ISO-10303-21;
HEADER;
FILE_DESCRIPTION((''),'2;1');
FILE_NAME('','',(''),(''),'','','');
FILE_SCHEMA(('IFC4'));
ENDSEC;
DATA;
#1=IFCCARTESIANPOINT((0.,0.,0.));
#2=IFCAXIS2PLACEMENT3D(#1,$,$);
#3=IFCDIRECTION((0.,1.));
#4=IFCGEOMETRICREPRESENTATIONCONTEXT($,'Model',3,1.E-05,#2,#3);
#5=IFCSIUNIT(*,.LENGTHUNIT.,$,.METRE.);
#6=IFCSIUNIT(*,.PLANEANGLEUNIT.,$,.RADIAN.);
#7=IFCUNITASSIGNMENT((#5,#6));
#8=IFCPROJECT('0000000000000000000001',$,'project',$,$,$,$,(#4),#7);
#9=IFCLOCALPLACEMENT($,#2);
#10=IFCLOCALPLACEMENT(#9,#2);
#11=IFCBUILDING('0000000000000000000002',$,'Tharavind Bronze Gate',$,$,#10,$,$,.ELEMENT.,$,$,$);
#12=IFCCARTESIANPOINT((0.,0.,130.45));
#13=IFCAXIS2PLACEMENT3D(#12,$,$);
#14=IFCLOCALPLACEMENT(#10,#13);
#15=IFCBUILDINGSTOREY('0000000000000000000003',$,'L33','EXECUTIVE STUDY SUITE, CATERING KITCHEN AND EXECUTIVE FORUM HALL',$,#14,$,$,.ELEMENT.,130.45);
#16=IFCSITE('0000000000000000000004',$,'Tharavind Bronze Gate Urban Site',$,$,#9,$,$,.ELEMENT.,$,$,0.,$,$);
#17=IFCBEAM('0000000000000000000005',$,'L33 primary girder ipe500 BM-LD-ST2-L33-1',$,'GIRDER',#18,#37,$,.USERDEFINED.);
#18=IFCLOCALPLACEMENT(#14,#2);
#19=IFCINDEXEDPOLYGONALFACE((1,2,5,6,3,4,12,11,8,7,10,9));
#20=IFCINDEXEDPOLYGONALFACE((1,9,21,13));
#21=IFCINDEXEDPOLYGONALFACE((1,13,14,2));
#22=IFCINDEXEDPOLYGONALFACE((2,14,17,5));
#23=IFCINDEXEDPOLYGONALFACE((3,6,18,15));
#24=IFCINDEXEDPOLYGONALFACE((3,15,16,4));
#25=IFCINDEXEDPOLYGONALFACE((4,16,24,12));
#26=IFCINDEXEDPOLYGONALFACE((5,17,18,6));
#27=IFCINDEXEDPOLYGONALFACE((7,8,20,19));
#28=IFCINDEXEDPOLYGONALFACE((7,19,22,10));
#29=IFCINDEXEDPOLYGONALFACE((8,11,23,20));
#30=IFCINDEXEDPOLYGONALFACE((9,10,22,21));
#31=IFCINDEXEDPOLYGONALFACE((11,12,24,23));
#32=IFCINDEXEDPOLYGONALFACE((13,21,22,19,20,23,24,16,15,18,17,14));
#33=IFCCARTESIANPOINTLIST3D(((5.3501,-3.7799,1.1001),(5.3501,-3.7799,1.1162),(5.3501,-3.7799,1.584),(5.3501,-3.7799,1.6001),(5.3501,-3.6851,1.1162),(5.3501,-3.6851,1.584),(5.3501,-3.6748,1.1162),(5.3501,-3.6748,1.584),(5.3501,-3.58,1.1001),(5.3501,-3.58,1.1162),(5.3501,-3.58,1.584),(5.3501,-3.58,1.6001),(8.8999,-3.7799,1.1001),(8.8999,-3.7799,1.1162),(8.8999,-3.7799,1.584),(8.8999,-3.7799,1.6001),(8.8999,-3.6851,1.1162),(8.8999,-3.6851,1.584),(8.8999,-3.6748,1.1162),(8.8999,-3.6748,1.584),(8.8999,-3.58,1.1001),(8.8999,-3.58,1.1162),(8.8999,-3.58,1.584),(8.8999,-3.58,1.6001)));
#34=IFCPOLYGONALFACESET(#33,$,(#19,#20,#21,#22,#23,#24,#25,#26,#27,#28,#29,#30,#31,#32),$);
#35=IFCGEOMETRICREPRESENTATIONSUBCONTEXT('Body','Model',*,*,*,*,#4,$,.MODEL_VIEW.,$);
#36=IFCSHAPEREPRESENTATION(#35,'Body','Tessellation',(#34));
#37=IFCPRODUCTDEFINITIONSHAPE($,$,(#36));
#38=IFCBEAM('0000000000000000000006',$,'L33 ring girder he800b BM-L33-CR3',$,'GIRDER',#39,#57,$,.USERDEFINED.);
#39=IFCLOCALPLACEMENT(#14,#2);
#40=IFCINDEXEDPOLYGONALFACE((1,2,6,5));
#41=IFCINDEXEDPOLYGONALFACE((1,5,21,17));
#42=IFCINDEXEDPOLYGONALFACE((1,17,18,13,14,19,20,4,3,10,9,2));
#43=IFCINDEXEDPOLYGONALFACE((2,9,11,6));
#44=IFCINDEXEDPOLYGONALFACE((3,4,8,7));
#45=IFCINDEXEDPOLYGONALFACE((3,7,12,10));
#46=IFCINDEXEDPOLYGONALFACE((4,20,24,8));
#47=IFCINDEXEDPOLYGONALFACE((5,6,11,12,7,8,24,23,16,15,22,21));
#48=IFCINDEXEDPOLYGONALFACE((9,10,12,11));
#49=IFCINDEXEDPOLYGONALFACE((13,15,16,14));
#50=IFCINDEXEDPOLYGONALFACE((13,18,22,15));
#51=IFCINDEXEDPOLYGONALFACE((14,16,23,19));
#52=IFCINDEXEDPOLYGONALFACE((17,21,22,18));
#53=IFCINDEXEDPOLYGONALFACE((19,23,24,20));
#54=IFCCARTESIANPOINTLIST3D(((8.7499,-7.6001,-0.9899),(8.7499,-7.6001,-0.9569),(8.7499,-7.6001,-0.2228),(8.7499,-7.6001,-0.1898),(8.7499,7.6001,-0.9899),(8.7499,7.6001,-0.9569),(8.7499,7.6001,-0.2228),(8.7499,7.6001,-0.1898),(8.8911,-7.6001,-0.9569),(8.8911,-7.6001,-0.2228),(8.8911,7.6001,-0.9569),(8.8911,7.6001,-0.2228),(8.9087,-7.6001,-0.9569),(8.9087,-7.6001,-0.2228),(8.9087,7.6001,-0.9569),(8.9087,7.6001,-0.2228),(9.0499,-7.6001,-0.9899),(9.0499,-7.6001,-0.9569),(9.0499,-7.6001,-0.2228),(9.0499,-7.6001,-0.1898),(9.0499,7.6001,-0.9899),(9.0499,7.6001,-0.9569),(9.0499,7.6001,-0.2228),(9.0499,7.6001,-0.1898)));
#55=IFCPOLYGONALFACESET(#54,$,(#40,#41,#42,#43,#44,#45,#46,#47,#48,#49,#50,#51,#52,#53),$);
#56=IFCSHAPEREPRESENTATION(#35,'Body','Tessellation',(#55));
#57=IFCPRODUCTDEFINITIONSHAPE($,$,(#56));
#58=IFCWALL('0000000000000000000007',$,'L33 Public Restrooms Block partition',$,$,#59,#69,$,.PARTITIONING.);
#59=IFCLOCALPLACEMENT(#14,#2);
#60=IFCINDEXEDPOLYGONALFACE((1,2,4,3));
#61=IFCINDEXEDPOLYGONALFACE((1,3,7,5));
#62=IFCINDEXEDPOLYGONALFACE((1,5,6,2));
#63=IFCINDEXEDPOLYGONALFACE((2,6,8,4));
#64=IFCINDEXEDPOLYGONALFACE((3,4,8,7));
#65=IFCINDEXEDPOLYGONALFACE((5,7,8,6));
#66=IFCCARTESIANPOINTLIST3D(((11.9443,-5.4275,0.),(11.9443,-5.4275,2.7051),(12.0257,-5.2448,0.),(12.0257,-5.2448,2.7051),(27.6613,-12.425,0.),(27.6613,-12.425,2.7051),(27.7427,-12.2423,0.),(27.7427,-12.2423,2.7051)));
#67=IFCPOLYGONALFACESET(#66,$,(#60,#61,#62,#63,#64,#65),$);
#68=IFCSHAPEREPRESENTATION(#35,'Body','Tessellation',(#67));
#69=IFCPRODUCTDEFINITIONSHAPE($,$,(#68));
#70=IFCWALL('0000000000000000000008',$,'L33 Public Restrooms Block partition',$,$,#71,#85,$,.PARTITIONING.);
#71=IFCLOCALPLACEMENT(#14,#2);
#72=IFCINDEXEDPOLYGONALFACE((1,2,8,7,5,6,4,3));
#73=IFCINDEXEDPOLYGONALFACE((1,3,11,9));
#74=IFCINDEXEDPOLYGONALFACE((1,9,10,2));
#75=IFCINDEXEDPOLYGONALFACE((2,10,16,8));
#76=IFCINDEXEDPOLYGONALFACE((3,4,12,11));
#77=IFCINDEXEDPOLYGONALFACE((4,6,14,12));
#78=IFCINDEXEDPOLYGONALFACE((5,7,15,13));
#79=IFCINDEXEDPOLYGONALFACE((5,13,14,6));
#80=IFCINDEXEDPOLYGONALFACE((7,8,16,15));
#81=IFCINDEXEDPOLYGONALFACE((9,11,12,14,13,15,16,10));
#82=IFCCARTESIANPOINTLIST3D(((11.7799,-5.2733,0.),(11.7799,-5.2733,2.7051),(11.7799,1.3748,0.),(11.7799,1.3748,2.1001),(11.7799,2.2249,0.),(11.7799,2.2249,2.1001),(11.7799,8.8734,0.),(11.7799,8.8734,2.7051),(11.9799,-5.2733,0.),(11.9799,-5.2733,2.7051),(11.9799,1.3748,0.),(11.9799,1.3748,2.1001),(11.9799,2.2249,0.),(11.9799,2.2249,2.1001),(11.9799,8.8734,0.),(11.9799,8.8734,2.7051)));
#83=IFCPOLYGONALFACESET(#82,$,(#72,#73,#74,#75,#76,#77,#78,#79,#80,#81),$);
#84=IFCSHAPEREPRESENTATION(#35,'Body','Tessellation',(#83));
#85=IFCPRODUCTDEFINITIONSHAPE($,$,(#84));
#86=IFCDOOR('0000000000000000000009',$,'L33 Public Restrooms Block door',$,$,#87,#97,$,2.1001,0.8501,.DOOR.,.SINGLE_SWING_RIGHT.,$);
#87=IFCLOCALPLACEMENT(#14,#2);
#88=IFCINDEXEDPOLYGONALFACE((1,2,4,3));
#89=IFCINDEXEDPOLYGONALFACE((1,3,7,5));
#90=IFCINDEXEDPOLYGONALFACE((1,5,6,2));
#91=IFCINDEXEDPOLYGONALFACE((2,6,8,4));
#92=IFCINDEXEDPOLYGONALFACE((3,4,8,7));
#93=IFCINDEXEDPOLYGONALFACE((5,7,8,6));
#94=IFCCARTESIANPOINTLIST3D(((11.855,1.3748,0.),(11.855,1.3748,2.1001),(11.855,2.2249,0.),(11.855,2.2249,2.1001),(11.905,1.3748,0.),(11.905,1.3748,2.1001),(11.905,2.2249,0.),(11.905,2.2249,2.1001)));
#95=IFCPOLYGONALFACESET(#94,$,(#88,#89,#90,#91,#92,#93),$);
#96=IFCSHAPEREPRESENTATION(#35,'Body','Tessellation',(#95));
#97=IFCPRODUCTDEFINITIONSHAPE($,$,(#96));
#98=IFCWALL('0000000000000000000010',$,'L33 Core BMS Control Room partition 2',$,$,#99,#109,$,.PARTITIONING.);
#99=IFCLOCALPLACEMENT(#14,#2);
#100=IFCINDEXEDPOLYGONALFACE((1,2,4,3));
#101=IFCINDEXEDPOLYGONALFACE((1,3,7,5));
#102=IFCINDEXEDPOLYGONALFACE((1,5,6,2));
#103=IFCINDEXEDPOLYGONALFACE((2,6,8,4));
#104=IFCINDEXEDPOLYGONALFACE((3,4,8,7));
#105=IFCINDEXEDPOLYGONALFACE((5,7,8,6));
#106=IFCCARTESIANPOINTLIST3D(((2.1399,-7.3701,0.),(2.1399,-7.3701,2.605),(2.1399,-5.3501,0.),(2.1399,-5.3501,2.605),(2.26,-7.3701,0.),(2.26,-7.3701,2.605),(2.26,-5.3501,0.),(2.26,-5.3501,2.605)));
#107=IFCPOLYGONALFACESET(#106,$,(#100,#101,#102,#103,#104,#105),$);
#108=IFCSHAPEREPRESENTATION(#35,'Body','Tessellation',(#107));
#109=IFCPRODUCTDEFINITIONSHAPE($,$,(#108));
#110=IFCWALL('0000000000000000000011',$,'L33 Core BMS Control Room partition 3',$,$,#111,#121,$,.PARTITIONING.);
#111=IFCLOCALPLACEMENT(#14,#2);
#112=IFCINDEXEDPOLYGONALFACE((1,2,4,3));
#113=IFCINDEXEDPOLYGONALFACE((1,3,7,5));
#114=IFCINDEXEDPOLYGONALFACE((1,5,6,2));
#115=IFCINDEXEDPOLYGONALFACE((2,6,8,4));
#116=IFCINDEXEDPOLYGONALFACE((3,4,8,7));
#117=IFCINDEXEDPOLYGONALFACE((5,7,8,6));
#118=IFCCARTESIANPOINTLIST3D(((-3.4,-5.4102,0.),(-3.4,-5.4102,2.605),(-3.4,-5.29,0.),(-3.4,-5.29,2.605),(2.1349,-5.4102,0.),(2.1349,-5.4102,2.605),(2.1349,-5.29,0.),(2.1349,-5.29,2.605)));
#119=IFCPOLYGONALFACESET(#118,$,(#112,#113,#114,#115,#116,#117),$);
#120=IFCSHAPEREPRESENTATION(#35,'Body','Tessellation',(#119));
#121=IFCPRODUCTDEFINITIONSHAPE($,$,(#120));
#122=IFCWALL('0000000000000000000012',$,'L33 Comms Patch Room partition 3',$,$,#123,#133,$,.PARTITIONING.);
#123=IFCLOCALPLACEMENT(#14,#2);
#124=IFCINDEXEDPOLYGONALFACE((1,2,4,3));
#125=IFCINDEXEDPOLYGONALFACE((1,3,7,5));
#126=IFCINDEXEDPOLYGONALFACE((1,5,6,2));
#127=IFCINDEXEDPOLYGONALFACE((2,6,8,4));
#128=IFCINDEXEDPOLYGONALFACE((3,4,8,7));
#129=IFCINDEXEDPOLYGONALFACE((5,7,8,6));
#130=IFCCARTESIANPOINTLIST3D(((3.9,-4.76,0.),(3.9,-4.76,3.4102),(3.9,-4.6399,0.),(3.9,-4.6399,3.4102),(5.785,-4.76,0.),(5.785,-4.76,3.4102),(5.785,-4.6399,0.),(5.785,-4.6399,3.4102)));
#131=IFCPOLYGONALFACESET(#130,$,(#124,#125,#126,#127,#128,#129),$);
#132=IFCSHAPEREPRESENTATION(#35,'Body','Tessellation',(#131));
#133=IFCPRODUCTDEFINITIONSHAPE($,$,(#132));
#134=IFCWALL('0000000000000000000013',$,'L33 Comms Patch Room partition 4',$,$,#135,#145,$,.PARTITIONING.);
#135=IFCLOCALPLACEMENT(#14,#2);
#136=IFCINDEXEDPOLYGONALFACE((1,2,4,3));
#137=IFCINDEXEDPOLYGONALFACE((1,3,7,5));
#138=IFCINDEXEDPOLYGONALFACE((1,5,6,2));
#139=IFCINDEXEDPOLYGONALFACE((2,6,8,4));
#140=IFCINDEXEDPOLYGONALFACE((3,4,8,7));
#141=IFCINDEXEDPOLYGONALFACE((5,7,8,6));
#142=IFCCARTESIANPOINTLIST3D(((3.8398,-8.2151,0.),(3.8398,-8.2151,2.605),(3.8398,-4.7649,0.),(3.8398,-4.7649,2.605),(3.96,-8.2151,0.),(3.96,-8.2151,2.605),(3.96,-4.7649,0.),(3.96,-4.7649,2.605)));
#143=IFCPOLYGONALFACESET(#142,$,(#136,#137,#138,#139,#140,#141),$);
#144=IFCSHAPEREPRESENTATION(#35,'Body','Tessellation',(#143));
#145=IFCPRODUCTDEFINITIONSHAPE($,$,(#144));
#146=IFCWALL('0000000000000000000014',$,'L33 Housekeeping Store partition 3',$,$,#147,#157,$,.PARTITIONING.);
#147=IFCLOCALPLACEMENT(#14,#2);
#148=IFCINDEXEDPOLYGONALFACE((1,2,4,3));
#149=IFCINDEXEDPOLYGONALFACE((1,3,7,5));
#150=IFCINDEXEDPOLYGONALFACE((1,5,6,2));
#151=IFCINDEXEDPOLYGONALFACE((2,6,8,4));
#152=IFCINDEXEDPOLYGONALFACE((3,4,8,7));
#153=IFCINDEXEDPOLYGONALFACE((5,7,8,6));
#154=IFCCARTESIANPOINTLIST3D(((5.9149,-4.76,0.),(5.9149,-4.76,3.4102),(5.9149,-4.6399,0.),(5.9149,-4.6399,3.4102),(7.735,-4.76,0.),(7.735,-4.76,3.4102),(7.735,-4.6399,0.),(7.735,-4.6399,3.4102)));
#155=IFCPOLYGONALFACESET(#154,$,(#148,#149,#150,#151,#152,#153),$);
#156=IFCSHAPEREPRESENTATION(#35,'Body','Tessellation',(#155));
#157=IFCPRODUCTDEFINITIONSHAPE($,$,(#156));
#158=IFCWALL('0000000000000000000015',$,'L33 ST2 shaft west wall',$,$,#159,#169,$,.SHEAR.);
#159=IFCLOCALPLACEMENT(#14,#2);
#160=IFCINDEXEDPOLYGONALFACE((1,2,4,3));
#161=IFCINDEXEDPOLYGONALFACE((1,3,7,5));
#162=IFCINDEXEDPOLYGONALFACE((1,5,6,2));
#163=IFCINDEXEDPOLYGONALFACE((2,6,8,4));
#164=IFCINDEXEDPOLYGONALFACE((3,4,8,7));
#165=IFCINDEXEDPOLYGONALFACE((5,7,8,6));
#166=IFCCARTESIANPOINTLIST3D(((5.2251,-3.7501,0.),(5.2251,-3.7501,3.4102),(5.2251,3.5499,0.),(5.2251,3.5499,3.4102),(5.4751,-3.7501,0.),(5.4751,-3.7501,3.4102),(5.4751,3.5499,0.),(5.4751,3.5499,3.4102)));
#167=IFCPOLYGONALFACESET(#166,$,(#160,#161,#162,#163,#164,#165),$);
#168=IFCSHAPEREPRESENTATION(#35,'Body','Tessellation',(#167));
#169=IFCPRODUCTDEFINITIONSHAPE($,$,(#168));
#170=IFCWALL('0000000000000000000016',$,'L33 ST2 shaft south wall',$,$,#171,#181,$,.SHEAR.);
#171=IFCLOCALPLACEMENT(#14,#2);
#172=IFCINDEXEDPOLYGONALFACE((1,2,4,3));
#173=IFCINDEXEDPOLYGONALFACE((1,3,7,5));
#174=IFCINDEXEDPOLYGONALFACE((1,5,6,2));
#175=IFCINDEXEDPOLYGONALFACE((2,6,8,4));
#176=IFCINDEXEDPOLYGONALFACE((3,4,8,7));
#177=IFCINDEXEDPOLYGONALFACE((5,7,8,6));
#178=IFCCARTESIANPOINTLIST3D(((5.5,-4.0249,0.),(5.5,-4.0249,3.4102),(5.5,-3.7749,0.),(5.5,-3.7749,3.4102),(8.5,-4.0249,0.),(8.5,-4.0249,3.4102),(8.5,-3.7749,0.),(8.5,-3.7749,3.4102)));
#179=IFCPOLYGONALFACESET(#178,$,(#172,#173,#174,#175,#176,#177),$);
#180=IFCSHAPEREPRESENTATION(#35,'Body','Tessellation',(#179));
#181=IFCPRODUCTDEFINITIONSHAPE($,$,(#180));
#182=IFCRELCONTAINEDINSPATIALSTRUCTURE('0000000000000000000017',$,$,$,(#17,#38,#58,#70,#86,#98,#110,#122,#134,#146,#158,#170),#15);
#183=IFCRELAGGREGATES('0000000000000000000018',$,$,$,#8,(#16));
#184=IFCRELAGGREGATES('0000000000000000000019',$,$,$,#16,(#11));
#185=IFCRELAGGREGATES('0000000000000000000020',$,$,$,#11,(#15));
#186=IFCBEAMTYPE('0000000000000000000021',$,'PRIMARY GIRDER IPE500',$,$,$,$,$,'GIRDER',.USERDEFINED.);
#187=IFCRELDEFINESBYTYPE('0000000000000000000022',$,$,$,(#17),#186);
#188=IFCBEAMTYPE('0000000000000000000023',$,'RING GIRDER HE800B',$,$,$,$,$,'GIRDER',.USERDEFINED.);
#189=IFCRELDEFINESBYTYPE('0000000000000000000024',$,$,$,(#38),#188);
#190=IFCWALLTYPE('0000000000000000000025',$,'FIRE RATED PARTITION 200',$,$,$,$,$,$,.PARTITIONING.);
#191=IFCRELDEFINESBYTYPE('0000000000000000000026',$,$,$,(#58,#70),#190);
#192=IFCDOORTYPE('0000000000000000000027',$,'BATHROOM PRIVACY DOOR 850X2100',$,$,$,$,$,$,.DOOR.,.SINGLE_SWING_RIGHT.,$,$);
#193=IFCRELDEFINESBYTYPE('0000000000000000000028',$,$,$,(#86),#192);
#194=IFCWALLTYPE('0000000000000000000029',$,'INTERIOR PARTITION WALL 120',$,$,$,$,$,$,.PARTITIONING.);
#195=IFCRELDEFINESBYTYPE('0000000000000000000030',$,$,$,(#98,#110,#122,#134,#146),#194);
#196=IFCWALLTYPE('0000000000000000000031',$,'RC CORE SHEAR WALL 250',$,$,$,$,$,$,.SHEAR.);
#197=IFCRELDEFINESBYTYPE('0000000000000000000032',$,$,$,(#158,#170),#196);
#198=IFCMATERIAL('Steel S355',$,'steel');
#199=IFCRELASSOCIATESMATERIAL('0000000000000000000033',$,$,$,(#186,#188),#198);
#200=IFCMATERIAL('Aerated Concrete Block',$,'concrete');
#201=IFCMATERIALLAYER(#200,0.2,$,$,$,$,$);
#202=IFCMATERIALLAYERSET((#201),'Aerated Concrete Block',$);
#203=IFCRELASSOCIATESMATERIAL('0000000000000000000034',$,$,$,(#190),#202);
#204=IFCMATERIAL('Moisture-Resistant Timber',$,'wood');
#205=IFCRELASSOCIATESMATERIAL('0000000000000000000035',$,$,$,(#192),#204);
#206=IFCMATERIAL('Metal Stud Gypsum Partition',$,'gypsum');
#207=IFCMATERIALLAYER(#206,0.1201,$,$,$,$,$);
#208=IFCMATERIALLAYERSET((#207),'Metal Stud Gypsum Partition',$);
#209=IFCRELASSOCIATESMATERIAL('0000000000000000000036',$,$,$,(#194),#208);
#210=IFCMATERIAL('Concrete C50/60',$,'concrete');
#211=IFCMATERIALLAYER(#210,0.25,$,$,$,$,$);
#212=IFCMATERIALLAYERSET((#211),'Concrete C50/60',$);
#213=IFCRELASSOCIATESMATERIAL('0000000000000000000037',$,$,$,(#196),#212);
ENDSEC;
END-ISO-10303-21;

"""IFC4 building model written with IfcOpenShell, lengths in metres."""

from ifc_helpers import new_model, si_unit, direction, frame, frame_2d, origin, origin_2d, place, context, subcontext, project, spatial, rectangle, i_section, extrude, material, layer, layer_set, material_profile, profile_set, type_object, element, fill, save


model = new_model("IFC4")

# Units and contexts
model_context = context("Model", 3, precision=1e-05, world=origin(), true_north=direction((0.0, 1.0)))
body_context = subcontext(model_context, "Body", "Model", "MODEL_VIEW")
ifc_project = project(units=[si_unit("LENGTHUNIT", "METRE"), si_unit("PLANEANGLEUNIT", "RADIAN")], contexts=[model_context])

# Site, building, storey
site_placement = place(None, origin())
site = spatial("IfcSite", under=ifc_project, at=site_placement, Name="Tharavind Bronze Gate Urban Site", CompositionType="ELEMENT", RefElevation=0.0)
building_placement = place(site_placement, origin())
building = spatial("IfcBuilding", under=site, at=building_placement, Name="Tharavind Bronze Gate", CompositionType="ELEMENT")
storey_placement = place(building_placement, frame((0.0, 0.0, 130.45)))
storey = spatial("IfcBuildingStorey", under=building, at=storey_placement, Name="L33", Description="EXECUTIVE STUDY SUITE, CATERING KITCHEN AND EXECUTIVE FORUM HALL", CompositionType="ELEMENT", Elevation=130.45)

# Beams
ifc_material_1 = material(Name="Steel S355", Category="steel")
ifc_material_profile_1 = material_profile(ifc_material_1, i_section(OverallWidth=0.2, OverallDepth=0.5, WebThickness=0.0103, FlangeThickness=0.0161, at=origin_2d()), Name="IPE500")
ifc_profile_set_1 = profile_set([ifc_material_profile_1], Name="Steel S355")
beam_type_1 = type_object("IfcBeamType", Name="PRIMARY GIRDER IPE500", ElementType="GIRDER", PredefinedType="USERDEFINED", material=ifc_profile_set_1)
beam_1_placement = place(storey_placement, frame((5.3501, -3.6799, 1.3501), z_axis=(1.0, 0.0, 0.0), x_axis=(0.0, 1.0, 0.0)))
element("IfcBeam", 1, at=beam_1_placement, inside=storey, type_object=beam_type_1, Name="L33 primary girder ipe500 BM-LD-ST2-L33-1", ObjectType="GIRDER", PredefinedType="USERDEFINED", context=body_context, shape_type="SweptSolid", body=[
    extrude(i_section(OverallWidth=0.2, OverallDepth=0.5, WebThickness=0.0103, FlangeThickness=0.0161, at=origin_2d()), origin(), (0.0, 0.0, 1.0), 3.5498),
])
ifc_material_profile_2 = material_profile(ifc_material_1, i_section(OverallWidth=0.3, OverallDepth=0.8, WebThickness=0.0176, FlangeThickness=0.033, at=origin_2d()), Name="HE800B")
ifc_profile_set_2 = profile_set([ifc_material_profile_2], Name="Steel S355")
beam_type_2 = type_object("IfcBeamType", Name="RING GIRDER HE800B", ElementType="GIRDER", PredefinedType="USERDEFINED", material=ifc_profile_set_2)
beam_2_placement = place(storey_placement, frame((8.8999, -7.6001, -0.5898), z_axis=(0.0, 1.0, 0.0), x_axis=(-1.0, 0.0, 0.0)))
element("IfcBeam", 2, at=beam_2_placement, inside=storey, type_object=beam_type_2, Name="L33 ring girder he800b BM-L33-CR3", ObjectType="GIRDER", PredefinedType="USERDEFINED", context=body_context, shape_type="SweptSolid", body=[
    extrude(i_section(OverallWidth=0.3, OverallDepth=0.8, WebThickness=0.0176, FlangeThickness=0.033, at=origin_2d()), origin(), (0.0, 0.0, 1.0), 15.2002),
])

# Wall
ifc_material_2 = material(Name="Aerated Concrete Block", Category="concrete")
ifc_layer_1 = layer(ifc_material_2, 0.2)
ifc_layer_set_1 = layer_set([ifc_layer_1], Name="Aerated Concrete Block")
wall_type_1 = type_object("IfcWallType", Name="FIRE RATED PARTITION 200", PredefinedType="PARTITIONING", material=ifc_layer_set_1)
wall_1_placement = place(storey_placement, frame((11.9851, -5.3362, 0.0), z_axis=(0.0, 0.0, 1.0), x_axis=(0.913548, -0.406731, 0.0)))
element("IfcWall", 3, at=wall_1_placement, inside=storey, type_object=wall_type_1, Name="L33 Public Restrooms Block partition", PredefinedType="PARTITIONING", context=body_context, shape_type="SweptSolid", body=[
    extrude(rectangle(XDim=17.2043, YDim=0.2, at=frame_2d((8.6021, 0.0))), origin(), (0.0, 0.0, 1.0), 2.7051),
])

# Wall, opening, door
wall_2_placement = place(storey_placement, frame((11.8799, -5.2732, 0.0), z_axis=(0.0, 0.0, 1.0), x_axis=(0.0, 1.0, 0.0)))
wall_2 = element("IfcWall", 4, at=wall_2_placement, inside=storey, type_object=wall_type_1, Name="L33 Public Restrooms Block partition", PredefinedType="PARTITIONING", context=body_context, shape_type="SweptSolid", body=[
    extrude(rectangle(XDim=14.1467, YDim=0.2, at=frame_2d((7.0732, 0.0))), origin(), (0.0, 0.0, 1.0), 2.7051),
])
opening_1_placement = place(wall_2_placement, frame((6.6479, 0.0, 0.0)))
opening_1 = element("IfcOpeningElement", 5, at=opening_1_placement, cuts=wall_2, PredefinedType="OPENING", context=body_context, shape_type="SweptSolid", body=[
    extrude(rectangle(XDim=0.8501, YDim=2.1001, at=frame_2d((0.425, 1.05))), frame((0.0, 0.1101, 0.0), z_axis=(0.0, -1.0, 0.0), x_axis=(1.0, 0.0, 0.0)), (0.0, 0.0, 1.0), 0.22),
])
ifc_material_3 = material(Name="Moisture-Resistant Timber", Category="wood")
door_type_1 = type_object("IfcDoorType", Name="BATHROOM PRIVACY DOOR 850X2100", OperationType="SINGLE_SWING_RIGHT", PredefinedType="DOOR", material=ifc_material_3)
door_1_placement = place(opening_1_placement, origin())
door_1 = element("IfcDoor", 6, at=door_1_placement, inside=storey, type_object=door_type_1, Name="L33 Public Restrooms Block door", OperationType="SINGLE_SWING_RIGHT", OverallHeight=2.1001, OverallWidth=0.8501, PredefinedType="DOOR", context=body_context, shape_type="SweptSolid", body=[
    extrude(rectangle(XDim=0.8501, YDim=2.1001, at=frame_2d((0.425, 1.05))), frame((0.0, 0.0249, 0.0), z_axis=(0.0, -1.0, 0.0), x_axis=(1.0, 0.0, 0.0)), (0.0, 0.0, 1.0), 0.05),
])
fill(opening_1, door_1)

# Walls
ifc_material_4 = material(Name="Metal Stud Gypsum Partition", Category="gypsum")
ifc_layer_2 = layer(ifc_material_4, 0.1201)
ifc_layer_set_2 = layer_set([ifc_layer_2], Name="Metal Stud Gypsum Partition")
wall_type_2 = type_object("IfcWallType", Name="INTERIOR PARTITION WALL 120", PredefinedType="PARTITIONING", material=ifc_layer_set_2)
wall_3_placement = place(storey_placement, frame((2.2, -7.3701, 0.0), z_axis=(0.0, 0.0, 1.0), x_axis=(0.0, 1.0, 0.0)))
element("IfcWall", 7, at=wall_3_placement, inside=storey, type_object=wall_type_2, Name="L33 Core BMS Control Room partition 2", PredefinedType="PARTITIONING", context=body_context, shape_type="SweptSolid", body=[
    extrude(rectangle(XDim=2.02, YDim=0.1201, at=frame_2d((1.01, 0.0))), origin(), (0.0, 0.0, 1.0), 2.605),
])
wall_4_placement = place(storey_placement, frame((2.135, -5.3501, 0.0), z_axis=(0.0, 0.0, 1.0), x_axis=(-1.0, 0.0, 0.0)))
element("IfcWall", 8, at=wall_4_placement, inside=storey, type_object=wall_type_2, Name="L33 Core BMS Control Room partition 3", PredefinedType="PARTITIONING", context=body_context, shape_type="SweptSolid", body=[
    extrude(rectangle(XDim=5.5349, YDim=0.1201, at=frame_2d((2.7676, 0.0))), origin(), (0.0, 0.0, 1.0), 2.605),
])
wall_5_placement = place(storey_placement, frame((5.7849, -4.7, 0.0), z_axis=(0.0, 0.0, 1.0), x_axis=(-1.0, 0.0, 0.0)))
element("IfcWall", 9, at=wall_5_placement, inside=storey, type_object=wall_type_2, Name="L33 Comms Patch Room partition 3", PredefinedType="PARTITIONING", context=body_context, shape_type="SweptSolid", body=[
    extrude(rectangle(XDim=1.885, YDim=0.1201, at=frame_2d((0.9424, 0.0))), origin(), (0.0, 0.0, 1.0), 3.4102),
])
wall_6_placement = place(storey_placement, frame((3.8999, -4.7649, 0.0), z_axis=(0.0, 0.0, 1.0), x_axis=(0.0, -1.0, 0.0)))
element("IfcWall", 10, at=wall_6_placement, inside=storey, type_object=wall_type_2, Name="L33 Comms Patch Room partition 4", PredefinedType="PARTITIONING", context=body_context, shape_type="SweptSolid", body=[
    extrude(rectangle(XDim=3.4502, YDim=0.1201, at=frame_2d((1.7251, 0.0))), origin(), (0.0, 0.0, 1.0), 2.605),
])
wall_7_placement = place(storey_placement, frame((7.7351, -4.7, 0.0), z_axis=(0.0, 0.0, 1.0), x_axis=(-1.0, 0.0, 0.0)))
element("IfcWall", 11, at=wall_7_placement, inside=storey, type_object=wall_type_2, Name="L33 Housekeeping Store partition 3", PredefinedType="PARTITIONING", context=body_context, shape_type="SweptSolid", body=[
    extrude(rectangle(XDim=1.8201, YDim=0.1201, at=frame_2d((0.9102, 0.0))), origin(), (0.0, 0.0, 1.0), 3.4102),
])
ifc_material_5 = material(Name="Concrete C50/60", Category="concrete")
ifc_layer_3 = layer(ifc_material_5, 0.25)
ifc_layer_set_3 = layer_set([ifc_layer_3], Name="Concrete C50/60")
wall_type_3 = type_object("IfcWallType", Name="RC CORE SHEAR WALL 250", PredefinedType="SHEAR", material=ifc_layer_set_3)
wall_8_placement = place(storey_placement, frame((5.3501, -3.75, 0.0), z_axis=(0.0, 0.0, 1.0), x_axis=(0.0, 1.0, 0.0)))
element("IfcWall", 12, at=wall_8_placement, inside=storey, type_object=wall_type_3, Name="L33 ST2 shaft west wall", PredefinedType="SHEAR", context=body_context, shape_type="SweptSolid", body=[
    extrude(rectangle(XDim=7.3, YDim=0.25, at=frame_2d((3.6499, 0.0))), origin(), (0.0, 0.0, 1.0), 3.4102),
])
wall_9_placement = place(storey_placement, frame((5.5, -3.8999, 0.0), z_axis=(0.0, 0.0, 1.0), x_axis=(1.0, 0.0, 0.0)))
element("IfcWall", 13, at=wall_9_placement, inside=storey, type_object=wall_type_3, Name="L33 ST2 shaft south wall", PredefinedType="SHEAR", context=body_context, shape_type="SweptSolid", body=[
    extrude(rectangle(XDim=3.0, YDim=0.25, at=frame_2d((1.5, 0.0))), origin(), (0.0, 0.0, 1.0), 3.4102),
])

save(model, "model.ifc")
